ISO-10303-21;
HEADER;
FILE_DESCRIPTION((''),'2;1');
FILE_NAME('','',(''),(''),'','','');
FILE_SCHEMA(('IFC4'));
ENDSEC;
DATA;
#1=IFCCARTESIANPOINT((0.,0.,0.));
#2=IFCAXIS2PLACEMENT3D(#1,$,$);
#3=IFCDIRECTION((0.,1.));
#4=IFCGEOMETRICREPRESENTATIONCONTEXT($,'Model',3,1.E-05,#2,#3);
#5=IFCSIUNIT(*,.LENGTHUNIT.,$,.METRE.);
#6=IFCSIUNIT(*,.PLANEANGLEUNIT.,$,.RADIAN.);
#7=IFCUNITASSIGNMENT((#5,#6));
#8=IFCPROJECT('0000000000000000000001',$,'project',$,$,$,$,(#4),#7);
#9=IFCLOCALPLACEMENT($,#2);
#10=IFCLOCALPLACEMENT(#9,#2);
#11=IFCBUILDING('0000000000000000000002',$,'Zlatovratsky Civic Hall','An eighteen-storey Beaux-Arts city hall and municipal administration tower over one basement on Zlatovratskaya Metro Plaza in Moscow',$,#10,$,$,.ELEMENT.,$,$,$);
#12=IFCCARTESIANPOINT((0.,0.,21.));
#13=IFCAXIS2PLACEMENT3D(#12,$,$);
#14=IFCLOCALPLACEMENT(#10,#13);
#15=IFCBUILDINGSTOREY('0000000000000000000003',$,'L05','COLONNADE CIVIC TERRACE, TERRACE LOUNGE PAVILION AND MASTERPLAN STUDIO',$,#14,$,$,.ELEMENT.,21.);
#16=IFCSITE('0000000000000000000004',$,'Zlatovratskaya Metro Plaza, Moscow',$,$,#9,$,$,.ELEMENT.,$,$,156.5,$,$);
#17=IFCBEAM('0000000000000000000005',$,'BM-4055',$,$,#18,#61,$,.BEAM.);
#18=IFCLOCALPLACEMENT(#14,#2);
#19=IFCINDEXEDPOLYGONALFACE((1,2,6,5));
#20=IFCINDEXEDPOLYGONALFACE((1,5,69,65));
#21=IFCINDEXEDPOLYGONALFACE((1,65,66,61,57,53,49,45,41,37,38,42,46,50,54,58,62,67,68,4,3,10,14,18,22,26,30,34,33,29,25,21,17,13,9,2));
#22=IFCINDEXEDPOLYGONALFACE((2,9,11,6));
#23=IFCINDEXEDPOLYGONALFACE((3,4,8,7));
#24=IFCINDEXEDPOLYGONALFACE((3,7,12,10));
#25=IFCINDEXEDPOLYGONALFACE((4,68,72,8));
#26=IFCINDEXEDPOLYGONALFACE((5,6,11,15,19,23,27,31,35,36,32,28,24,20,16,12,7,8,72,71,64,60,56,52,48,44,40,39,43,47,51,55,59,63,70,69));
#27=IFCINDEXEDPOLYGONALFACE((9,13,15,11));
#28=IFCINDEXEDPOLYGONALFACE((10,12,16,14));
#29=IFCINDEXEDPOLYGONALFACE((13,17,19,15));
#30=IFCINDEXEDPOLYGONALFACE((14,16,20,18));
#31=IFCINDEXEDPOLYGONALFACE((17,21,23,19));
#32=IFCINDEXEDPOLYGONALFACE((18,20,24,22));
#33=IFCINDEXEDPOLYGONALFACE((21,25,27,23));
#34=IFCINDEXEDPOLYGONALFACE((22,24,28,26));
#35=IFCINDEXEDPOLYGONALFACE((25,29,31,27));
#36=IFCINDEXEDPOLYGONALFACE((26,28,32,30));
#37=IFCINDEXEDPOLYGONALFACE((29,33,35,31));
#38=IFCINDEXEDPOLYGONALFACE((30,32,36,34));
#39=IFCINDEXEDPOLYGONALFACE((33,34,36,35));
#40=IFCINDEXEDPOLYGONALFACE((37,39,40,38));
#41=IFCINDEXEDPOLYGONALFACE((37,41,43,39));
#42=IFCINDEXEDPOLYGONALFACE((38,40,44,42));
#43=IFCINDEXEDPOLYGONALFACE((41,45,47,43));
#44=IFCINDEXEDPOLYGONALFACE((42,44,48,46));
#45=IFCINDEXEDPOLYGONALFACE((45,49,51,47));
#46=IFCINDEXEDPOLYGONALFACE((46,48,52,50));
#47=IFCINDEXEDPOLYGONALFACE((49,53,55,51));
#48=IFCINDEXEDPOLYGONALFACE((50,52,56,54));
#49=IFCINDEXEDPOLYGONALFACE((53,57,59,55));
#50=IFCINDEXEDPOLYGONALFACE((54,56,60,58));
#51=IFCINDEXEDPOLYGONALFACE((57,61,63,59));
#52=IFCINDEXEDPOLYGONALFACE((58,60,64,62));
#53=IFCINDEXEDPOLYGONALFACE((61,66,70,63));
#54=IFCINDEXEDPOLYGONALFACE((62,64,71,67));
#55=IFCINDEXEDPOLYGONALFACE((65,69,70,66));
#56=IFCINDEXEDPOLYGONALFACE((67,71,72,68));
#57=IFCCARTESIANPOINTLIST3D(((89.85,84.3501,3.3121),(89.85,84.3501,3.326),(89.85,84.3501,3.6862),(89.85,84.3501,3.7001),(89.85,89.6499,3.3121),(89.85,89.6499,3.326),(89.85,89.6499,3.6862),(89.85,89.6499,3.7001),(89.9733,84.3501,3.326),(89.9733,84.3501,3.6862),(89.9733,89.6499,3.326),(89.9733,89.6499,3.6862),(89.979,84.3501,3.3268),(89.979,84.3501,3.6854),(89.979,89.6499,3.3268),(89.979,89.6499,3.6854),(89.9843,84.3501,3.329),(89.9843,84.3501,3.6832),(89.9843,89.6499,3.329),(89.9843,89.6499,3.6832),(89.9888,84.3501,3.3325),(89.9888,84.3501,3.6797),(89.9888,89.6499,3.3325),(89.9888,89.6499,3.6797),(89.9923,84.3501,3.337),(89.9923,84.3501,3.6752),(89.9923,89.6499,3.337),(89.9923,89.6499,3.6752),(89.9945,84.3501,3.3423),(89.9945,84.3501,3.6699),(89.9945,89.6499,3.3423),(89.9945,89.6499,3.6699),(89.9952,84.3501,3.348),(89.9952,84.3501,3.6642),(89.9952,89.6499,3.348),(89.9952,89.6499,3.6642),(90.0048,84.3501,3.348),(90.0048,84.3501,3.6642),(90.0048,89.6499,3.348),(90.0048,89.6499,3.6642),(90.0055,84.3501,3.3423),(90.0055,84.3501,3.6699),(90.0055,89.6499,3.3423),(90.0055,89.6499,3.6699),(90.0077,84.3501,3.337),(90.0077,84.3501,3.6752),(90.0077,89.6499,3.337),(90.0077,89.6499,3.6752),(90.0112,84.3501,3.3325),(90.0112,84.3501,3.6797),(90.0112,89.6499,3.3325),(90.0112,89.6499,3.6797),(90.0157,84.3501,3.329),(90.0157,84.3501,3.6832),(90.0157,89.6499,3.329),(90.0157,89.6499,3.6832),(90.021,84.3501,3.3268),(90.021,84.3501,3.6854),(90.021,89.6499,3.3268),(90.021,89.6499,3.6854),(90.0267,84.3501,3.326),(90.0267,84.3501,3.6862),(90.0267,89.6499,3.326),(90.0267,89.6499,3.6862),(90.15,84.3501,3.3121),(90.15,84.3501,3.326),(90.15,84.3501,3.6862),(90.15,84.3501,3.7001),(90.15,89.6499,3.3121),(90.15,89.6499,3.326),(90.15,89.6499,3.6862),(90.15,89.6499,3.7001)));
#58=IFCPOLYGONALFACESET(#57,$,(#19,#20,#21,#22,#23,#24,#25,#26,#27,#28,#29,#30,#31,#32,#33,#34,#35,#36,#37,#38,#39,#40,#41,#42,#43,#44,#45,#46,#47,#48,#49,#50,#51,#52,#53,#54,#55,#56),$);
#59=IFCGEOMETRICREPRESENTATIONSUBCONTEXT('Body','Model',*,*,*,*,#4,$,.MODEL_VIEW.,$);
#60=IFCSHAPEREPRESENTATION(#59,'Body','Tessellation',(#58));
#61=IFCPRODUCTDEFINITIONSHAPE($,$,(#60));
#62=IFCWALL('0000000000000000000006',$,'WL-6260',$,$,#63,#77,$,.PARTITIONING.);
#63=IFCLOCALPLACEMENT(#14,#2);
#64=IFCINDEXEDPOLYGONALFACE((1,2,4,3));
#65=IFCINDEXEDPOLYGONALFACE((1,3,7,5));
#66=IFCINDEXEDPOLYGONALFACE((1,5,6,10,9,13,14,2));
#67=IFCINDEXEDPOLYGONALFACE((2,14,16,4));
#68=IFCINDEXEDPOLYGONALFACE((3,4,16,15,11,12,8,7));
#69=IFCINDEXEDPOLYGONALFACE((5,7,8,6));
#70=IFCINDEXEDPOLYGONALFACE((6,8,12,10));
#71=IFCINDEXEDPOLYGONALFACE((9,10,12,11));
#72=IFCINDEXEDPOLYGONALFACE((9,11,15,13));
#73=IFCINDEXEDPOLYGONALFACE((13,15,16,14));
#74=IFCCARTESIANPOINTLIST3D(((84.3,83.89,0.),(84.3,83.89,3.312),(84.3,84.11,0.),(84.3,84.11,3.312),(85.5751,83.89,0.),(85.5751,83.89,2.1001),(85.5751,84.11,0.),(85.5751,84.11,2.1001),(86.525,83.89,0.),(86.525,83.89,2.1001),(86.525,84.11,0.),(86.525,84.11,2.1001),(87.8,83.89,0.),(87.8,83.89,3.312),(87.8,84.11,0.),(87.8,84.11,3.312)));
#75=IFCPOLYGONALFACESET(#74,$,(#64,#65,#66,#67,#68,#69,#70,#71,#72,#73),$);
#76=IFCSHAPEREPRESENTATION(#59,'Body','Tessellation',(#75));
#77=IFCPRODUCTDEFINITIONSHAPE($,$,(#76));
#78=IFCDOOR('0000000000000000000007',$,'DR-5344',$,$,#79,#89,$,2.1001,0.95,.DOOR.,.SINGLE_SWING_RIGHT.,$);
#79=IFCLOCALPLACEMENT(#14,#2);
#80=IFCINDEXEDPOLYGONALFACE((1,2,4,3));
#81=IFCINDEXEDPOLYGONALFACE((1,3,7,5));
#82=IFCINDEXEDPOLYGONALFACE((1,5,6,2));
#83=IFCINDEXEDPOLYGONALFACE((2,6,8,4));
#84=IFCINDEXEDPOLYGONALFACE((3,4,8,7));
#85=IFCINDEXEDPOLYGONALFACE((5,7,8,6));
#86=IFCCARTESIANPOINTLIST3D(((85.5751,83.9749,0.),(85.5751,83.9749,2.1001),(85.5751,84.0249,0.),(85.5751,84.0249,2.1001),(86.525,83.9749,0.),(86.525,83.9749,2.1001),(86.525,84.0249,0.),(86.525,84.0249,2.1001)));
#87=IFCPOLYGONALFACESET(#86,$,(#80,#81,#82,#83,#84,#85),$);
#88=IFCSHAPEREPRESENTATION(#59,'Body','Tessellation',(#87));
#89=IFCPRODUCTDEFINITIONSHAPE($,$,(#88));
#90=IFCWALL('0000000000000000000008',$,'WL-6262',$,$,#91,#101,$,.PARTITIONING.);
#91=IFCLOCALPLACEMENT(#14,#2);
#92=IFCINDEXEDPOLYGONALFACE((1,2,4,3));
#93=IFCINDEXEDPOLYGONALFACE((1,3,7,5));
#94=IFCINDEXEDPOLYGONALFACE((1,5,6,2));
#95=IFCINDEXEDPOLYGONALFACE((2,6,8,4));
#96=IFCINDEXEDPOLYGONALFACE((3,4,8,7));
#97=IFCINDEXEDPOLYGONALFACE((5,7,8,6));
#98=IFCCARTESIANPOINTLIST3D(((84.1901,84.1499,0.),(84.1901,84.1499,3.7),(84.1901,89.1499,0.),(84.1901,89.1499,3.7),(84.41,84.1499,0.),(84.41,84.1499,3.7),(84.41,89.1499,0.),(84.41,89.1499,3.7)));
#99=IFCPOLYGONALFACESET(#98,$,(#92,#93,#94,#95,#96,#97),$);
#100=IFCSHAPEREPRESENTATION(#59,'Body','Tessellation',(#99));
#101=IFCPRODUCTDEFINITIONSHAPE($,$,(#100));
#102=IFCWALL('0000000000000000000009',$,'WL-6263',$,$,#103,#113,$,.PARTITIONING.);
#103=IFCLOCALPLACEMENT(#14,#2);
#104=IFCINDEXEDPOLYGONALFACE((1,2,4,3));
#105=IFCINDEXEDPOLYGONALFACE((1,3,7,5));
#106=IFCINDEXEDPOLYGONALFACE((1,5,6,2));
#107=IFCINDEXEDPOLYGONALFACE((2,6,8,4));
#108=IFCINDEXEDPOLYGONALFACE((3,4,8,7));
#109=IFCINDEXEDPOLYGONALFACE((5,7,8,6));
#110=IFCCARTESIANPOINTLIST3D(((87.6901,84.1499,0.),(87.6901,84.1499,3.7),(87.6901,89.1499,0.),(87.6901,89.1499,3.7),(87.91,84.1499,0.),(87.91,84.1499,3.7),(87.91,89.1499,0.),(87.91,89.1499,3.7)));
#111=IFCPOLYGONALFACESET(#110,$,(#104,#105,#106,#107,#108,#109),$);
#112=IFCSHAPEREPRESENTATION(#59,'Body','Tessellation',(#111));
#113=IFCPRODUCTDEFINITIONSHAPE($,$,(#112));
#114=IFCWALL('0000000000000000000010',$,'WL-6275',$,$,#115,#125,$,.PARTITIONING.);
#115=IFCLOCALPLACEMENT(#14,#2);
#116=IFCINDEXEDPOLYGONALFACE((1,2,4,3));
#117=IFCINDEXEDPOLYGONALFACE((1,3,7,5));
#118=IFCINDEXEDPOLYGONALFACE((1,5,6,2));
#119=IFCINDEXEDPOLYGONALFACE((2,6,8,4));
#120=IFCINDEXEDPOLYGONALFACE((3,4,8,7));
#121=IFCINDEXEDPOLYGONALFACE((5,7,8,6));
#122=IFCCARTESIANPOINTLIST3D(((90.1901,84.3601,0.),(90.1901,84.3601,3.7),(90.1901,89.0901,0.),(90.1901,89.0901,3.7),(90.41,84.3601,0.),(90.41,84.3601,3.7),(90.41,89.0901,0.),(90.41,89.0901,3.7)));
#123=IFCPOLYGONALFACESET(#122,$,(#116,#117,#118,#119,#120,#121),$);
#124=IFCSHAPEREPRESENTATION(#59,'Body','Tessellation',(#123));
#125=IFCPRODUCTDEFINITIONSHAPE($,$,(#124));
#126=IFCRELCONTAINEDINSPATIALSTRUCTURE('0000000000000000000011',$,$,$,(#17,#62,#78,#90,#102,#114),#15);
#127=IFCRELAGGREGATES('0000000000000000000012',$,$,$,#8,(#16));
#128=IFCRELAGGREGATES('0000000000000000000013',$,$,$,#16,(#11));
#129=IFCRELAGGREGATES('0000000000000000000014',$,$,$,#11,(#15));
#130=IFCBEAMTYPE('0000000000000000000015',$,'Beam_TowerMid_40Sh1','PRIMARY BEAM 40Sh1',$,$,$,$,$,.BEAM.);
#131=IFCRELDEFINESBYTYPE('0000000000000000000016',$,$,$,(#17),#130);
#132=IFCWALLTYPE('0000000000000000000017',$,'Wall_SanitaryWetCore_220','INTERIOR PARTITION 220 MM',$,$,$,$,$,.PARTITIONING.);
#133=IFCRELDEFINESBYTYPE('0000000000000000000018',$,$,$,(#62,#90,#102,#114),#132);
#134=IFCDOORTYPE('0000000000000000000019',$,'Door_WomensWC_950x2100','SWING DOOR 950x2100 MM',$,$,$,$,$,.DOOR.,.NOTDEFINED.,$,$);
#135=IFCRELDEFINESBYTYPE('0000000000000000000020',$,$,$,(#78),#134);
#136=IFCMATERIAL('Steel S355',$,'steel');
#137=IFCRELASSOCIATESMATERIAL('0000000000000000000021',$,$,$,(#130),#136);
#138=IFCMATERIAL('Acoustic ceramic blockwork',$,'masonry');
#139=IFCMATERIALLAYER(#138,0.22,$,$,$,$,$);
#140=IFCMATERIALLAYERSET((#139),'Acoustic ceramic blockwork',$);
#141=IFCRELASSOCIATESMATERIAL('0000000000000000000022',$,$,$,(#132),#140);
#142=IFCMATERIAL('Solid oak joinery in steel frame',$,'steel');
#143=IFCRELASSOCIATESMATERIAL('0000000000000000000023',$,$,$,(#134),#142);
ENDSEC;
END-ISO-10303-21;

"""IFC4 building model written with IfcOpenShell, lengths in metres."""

from ifc_helpers import new_model, si_unit, direction, frame, frame_2d, origin, origin_2d, place, context, subcontext, project, spatial, rectangle, i_section, extrude, material, layer, layer_set, material_profile, profile_set, type_object, element, fill, save


model = new_model("IFC4")

# Units and contexts
model_context = context("Model", 3, precision=1e-05, world=origin(), true_north=direction((0.0, 1.0)))
body_context = subcontext(model_context, "Body", "Model", "MODEL_VIEW")
ifc_project = project(units=[si_unit("LENGTHUNIT", "METRE"), si_unit("PLANEANGLEUNIT", "RADIAN")], contexts=[model_context])

# Site, building, storey
site_placement = place(None, origin())
site = spatial("IfcSite", under=ifc_project, at=site_placement, Name="Zlatovratskaya Metro Plaza, Moscow", CompositionType="ELEMENT", RefElevation=156.5)
building_placement = place(site_placement, origin())
building = spatial("IfcBuilding", under=site, at=building_placement, Name="Zlatovratsky Civic Hall", Description="An eighteen-storey Beaux-Arts city hall and municipal administration tower over one basement on Zlatovratskaya Metro Plaza in Moscow", CompositionType="ELEMENT")
storey_placement = place(building_placement, frame((0.0, 0.0, 21.0)))
storey = spatial("IfcBuildingStorey", under=building, at=storey_placement, Name="L05", Description="COLONNADE CIVIC TERRACE, TERRACE LOUNGE PAVILION AND MASTERPLAN STUDIO", CompositionType="ELEMENT", Elevation=21.0)

# Beam
ifc_material_1 = material(Name="Steel S355", Category="steel")
ifc_material_profile_1 = material_profile(ifc_material_1, i_section(OverallWidth=0.3, OverallDepth=0.3879, WebThickness=0.0095, FlangeThickness=0.0139, FilletRadius=0.022, at=origin_2d()), Name="40Sh1")
ifc_profile_set_1 = profile_set([ifc_material_profile_1], Name="Steel S355")
beam_type = type_object("IfcBeamType", Name="Beam_TowerMid_40Sh1", Description="PRIMARY BEAM 40Sh1", PredefinedType="BEAM", material=ifc_profile_set_1)
beam_1_placement = place(storey_placement, frame((90.0, 84.3501, 3.5061), z_axis=(0.0, 1.0, 0.0), x_axis=(-1.0, 0.0, 0.0)))
element("IfcBeam", 1, at=beam_1_placement, inside=storey, type_object=beam_type, Name="BM-4055", PredefinedType="BEAM", context=body_context, shape_type="SweptSolid", body=[
    extrude(i_section(OverallWidth=0.3, OverallDepth=0.3879, WebThickness=0.0095, FlangeThickness=0.0139, FilletRadius=0.022, at=origin_2d()), origin(), (0.0, 0.0, 1.0), 5.2998),
])

# Wall, opening, door
ifc_material_2 = material(Name="Acoustic ceramic blockwork", Category="masonry")
ifc_layer = layer(ifc_material_2, 0.22)
ifc_layer_set = layer_set([ifc_layer], Name="Acoustic ceramic blockwork")
wall_type = type_object("IfcWallType", Name="Wall_SanitaryWetCore_220", Description="INTERIOR PARTITION 220 MM", PredefinedType="PARTITIONING", material=ifc_layer_set)
wall_1_placement = place(storey_placement, frame((84.3, 84.0, 0.0), z_axis=(0.0, 0.0, 1.0), x_axis=(1.0, 0.0, 0.0)))
wall_1 = element("IfcWall", 2, at=wall_1_placement, inside=storey, type_object=wall_type, Name="WL-6260", PredefinedType="PARTITIONING", context=body_context, shape_type="SweptSolid", body=[
    extrude(rectangle(XDim=3.5, YDim=0.22, at=frame_2d((1.75, 0.0))), origin(), (0.0, 0.0, 1.0), 3.312),
])
opening_1_placement = place(wall_1_placement, frame((1.2749, 0.0, 0.0)))
opening_1 = element("IfcOpeningElement", 3, at=opening_1_placement, cuts=wall_1, PredefinedType="OPENING", context=body_context, shape_type="SweptSolid", body=[
    extrude(rectangle(XDim=0.95, YDim=2.1001, at=frame_2d((0.4751, 1.05))), frame((0.0, 0.125, 0.0), z_axis=(0.0, -1.0, 0.0), x_axis=(1.0, 0.0, 0.0)), (0.0, 0.0, 1.0), 0.2498),
])
ifc_material_3 = material(Name="Solid oak joinery in steel frame", Category="steel")
door_type_1 = type_object("IfcDoorType", Name="Door_WomensWC_950x2100", Description="SWING DOOR 950x2100 MM", OperationType="NOTDEFINED", PredefinedType="DOOR", material=ifc_material_3)
door_1_placement = place(opening_1_placement, origin())
door_1 = element("IfcDoor", 4, at=door_1_placement, inside=storey, type_object=door_type_1, Name="DR-5344", OperationType="SINGLE_SWING_RIGHT", OverallHeight=2.1001, OverallWidth=0.95, PredefinedType="DOOR", context=body_context, shape_type="SweptSolid", body=[
    extrude(rectangle(XDim=0.95, YDim=2.1001, at=frame_2d((0.4751, 1.05))), frame((0.0, 0.0249, 0.0), z_axis=(0.0, -1.0, 0.0), x_axis=(1.0, 0.0, 0.0)), (0.0, 0.0, 1.0), 0.05),
])
fill(opening_1, door_1)

# Walls
for number, where, z_axis, x_axis, name in (
    (5, (84.3, 84.1499, 0.0), (0.0, 0.0, 1.0), (0.0, 1.0, 0.0), "WL-6262"),
    (6, (87.8, 84.1499, 0.0), (0.0, 0.0, 1.0), (0.0, 1.0, 0.0), "WL-6263"),
):
    element("IfcWall", number, at=place(storey_placement, frame(where, z_axis=z_axis, x_axis=x_axis)), inside=storey, type_object=wall_type, Name=name, PredefinedType="PARTITIONING", context=body_context, shape_type="SweptSolid", body=[
        extrude(rectangle(XDim=5.0, YDim=0.22, at=frame_2d((2.5, 0.0))), origin(), (0.0, 0.0, 1.0), 3.7),
    ])
wall_2_placement = place(storey_placement, frame((90.3, 84.3601, 0.0), z_axis=(0.0, 0.0, 1.0), x_axis=(0.0, 1.0, 0.0)))
element("IfcWall", 7, at=wall_2_placement, inside=storey, type_object=wall_type, Name="WL-6275", PredefinedType="PARTITIONING", context=body_context, shape_type="SweptSolid", body=[
    extrude(rectangle(XDim=4.73, YDim=0.22, at=frame_2d((2.365, 0.0))), origin(), (0.0, 0.0, 1.0), 3.7),
])

save(model, "model.ifc")
